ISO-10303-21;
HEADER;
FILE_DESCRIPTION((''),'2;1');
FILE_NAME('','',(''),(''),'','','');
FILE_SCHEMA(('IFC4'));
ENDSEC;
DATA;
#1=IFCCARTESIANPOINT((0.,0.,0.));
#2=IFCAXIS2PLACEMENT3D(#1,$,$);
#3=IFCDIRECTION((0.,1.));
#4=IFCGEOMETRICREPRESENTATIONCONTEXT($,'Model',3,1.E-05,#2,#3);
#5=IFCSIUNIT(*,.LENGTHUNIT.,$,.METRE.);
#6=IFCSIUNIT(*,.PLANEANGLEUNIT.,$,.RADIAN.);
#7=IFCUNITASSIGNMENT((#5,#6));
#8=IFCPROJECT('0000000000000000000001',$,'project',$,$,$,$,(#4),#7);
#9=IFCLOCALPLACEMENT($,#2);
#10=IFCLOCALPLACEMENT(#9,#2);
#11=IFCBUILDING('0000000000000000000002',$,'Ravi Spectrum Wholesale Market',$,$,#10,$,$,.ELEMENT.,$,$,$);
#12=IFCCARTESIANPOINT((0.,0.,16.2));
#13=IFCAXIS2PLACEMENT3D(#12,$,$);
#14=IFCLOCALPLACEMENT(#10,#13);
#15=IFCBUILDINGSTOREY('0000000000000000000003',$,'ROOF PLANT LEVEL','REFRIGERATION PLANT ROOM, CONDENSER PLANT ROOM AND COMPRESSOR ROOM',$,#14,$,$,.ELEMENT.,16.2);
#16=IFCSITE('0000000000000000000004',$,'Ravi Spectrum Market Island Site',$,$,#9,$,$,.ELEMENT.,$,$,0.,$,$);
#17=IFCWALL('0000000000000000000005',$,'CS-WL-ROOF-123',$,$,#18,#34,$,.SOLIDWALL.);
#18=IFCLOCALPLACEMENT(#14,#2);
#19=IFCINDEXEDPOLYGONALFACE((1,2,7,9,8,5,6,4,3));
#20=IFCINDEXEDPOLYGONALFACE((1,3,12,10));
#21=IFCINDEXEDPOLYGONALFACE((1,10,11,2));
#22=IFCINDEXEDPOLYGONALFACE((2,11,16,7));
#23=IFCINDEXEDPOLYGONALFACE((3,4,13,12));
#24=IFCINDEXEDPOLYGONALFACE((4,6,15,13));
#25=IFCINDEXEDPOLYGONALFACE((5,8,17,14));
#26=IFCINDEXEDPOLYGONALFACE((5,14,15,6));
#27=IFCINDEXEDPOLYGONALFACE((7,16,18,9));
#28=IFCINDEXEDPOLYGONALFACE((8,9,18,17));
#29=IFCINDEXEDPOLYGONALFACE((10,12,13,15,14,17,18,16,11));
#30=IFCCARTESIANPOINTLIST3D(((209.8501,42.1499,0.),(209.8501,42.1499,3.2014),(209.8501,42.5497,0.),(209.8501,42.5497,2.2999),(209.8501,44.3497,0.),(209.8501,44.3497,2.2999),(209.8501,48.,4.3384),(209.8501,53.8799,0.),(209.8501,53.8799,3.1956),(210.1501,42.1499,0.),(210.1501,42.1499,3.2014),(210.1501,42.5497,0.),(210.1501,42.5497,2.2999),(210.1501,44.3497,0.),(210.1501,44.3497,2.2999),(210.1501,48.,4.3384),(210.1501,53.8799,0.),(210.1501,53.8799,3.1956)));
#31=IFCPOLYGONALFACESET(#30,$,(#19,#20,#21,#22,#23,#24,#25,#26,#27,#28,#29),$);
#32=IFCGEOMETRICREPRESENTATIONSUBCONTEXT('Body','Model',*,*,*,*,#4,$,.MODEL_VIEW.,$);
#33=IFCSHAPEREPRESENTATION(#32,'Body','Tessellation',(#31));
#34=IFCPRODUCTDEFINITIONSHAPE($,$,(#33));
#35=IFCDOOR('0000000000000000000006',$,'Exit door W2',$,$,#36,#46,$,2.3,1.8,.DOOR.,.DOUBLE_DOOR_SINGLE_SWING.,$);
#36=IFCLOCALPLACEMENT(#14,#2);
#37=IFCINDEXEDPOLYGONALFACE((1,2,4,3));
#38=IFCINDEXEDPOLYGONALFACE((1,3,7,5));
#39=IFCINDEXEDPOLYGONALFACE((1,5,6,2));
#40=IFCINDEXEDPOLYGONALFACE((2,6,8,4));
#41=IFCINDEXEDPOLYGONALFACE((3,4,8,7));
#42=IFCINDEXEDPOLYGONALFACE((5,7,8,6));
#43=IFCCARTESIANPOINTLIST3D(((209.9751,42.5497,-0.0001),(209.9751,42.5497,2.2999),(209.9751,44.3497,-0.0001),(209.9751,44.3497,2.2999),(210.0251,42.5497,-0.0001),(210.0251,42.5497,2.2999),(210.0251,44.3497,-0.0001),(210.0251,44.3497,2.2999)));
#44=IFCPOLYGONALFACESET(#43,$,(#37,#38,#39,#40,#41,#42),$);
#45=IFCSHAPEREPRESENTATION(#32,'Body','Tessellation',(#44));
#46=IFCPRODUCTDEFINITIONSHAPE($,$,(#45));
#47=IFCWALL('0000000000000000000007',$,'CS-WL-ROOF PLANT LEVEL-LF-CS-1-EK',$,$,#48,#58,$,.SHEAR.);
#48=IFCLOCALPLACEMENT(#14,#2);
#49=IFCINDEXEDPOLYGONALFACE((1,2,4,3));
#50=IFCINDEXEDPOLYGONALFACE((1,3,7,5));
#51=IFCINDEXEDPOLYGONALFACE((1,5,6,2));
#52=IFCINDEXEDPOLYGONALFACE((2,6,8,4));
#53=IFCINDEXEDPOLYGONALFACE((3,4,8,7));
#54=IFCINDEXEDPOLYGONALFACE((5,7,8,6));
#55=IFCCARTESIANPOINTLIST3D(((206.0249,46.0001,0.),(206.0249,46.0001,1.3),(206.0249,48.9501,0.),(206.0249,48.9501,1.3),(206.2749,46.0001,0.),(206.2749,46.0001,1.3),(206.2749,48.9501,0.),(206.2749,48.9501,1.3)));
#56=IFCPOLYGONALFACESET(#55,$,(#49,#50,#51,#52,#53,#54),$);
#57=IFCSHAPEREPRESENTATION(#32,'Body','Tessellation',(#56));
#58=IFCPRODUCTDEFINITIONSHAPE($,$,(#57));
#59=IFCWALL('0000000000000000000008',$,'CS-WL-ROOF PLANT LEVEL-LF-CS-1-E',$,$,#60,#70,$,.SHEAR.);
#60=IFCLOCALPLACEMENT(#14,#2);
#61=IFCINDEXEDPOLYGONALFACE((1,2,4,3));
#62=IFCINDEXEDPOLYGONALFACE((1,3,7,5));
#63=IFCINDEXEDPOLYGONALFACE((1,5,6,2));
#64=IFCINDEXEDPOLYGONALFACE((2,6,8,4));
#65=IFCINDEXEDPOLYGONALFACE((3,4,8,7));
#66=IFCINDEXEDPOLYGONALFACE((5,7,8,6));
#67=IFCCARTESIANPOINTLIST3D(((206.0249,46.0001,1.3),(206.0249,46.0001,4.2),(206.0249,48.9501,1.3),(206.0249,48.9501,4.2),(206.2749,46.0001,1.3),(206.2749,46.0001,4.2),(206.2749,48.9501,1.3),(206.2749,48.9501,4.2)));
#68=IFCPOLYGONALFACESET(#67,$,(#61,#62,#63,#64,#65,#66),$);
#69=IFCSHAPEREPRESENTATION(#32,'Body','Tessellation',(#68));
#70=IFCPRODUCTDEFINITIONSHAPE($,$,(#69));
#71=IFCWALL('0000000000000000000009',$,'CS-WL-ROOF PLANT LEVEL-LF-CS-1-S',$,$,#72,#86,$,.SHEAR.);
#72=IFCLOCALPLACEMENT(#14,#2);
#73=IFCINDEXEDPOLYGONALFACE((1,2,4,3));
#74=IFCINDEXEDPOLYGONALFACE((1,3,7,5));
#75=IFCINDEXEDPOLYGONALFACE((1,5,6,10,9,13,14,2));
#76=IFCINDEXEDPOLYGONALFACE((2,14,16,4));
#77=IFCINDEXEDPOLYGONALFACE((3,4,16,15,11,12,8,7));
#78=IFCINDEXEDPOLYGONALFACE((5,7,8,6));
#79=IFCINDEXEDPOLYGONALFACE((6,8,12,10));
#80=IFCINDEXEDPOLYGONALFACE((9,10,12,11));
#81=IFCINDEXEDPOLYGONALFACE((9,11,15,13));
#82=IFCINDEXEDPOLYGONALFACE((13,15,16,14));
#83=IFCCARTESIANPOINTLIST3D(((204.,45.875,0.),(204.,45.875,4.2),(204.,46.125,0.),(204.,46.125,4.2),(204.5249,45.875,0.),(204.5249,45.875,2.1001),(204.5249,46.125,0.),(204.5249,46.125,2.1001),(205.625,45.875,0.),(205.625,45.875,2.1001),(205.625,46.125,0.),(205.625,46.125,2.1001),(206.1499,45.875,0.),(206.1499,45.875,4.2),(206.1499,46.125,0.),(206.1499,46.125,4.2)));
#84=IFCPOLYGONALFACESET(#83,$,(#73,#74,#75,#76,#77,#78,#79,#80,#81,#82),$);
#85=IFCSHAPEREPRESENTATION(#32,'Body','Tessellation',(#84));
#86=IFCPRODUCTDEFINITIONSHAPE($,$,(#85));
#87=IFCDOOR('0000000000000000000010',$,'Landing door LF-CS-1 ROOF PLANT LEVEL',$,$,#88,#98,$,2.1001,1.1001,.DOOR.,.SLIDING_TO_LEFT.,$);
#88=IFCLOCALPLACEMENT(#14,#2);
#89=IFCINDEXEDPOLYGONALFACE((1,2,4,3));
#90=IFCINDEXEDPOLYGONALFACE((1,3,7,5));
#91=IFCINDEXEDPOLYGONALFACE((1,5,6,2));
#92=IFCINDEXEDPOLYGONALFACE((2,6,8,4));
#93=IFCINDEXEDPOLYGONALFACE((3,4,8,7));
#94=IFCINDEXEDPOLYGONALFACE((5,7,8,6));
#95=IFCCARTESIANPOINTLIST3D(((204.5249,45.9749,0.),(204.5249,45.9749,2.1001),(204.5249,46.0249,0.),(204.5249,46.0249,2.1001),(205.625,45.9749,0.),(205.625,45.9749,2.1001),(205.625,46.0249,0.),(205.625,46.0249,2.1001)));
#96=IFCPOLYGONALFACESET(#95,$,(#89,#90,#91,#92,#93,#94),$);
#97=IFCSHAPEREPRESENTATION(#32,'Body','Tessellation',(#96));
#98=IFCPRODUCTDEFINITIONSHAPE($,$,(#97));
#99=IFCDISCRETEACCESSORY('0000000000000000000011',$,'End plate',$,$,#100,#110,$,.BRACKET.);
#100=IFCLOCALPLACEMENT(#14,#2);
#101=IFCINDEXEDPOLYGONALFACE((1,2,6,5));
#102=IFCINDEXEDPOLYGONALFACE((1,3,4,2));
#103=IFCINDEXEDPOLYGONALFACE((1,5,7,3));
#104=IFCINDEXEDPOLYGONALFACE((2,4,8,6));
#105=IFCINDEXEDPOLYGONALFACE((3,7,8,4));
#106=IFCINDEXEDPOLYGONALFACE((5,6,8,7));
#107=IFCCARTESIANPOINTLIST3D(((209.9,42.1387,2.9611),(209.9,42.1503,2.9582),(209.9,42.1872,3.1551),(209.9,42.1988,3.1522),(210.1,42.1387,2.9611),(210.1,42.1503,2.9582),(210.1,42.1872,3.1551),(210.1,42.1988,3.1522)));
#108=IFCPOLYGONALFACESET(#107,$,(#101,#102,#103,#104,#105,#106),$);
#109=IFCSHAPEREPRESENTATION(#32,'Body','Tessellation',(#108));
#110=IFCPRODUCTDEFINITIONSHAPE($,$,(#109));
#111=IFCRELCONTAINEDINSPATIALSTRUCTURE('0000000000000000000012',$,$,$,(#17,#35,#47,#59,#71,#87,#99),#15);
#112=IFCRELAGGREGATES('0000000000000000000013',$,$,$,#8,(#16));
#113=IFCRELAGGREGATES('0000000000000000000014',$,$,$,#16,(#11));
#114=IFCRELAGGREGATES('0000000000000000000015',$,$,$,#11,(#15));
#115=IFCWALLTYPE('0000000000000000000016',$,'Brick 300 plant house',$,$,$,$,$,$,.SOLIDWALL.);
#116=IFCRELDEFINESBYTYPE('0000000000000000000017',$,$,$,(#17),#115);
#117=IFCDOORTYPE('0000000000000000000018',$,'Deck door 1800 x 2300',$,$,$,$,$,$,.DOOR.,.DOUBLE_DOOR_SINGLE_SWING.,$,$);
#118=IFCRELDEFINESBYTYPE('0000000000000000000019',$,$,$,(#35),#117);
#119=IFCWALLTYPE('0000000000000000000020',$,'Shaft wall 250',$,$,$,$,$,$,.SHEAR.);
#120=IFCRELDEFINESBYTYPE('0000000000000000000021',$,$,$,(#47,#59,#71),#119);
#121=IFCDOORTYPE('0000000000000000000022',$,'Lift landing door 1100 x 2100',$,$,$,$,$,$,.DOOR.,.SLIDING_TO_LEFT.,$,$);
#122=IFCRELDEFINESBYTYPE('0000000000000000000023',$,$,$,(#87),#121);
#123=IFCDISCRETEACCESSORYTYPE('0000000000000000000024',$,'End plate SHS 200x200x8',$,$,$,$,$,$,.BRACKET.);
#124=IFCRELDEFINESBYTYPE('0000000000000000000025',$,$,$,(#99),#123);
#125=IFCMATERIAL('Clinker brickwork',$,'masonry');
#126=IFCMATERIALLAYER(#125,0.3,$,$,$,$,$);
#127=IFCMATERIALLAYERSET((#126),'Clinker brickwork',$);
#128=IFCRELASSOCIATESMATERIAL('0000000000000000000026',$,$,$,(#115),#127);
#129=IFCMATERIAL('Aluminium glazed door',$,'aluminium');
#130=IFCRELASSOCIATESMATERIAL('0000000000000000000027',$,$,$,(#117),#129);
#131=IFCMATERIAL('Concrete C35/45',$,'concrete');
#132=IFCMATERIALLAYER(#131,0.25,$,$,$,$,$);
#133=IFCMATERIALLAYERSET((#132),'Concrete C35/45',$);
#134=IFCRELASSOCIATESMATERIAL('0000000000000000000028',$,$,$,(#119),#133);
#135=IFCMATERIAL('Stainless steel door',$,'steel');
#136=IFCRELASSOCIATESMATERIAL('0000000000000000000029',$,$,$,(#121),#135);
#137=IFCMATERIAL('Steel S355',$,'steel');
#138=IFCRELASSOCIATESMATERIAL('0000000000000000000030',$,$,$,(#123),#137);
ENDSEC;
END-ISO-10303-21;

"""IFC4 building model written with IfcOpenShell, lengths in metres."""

from ifc_helpers import new_model, si_unit, direction, frame, frame_2d, origin, origin_2d, place, context, subcontext, project, spatial, polyline, rectangle, outline, extrude, material, layer, layer_set, material_profile, profile_set, type_object, element, fill, save


model = new_model("IFC4")

# Units and contexts
model_context = context("Model", 3, precision=1e-05, world=origin(), true_north=direction((0.0, 1.0)))
body_context = subcontext(model_context, "Body", "Model", "MODEL_VIEW")
ifc_project = project(units=[si_unit("LENGTHUNIT", "METRE"), si_unit("PLANEANGLEUNIT", "RADIAN")], contexts=[model_context])

# Site, building, storey
site_placement = place(None, origin())
site = spatial("IfcSite", under=ifc_project, at=site_placement, Name="Ravi Spectrum Market Island Site", CompositionType="ELEMENT", RefElevation=0.0)
building_placement = place(site_placement, origin())
building = spatial("IfcBuilding", under=site, at=building_placement, Name="Ravi Spectrum Wholesale Market", CompositionType="ELEMENT")
storey_placement = place(building_placement, frame((0.0, 0.0, 16.2)))
storey = spatial("IfcBuildingStorey", under=building, at=storey_placement, Name="ROOF PLANT LEVEL", Description="REFRIGERATION PLANT ROOM, CONDENSER PLANT ROOM AND COMPRESSOR ROOM", CompositionType="ELEMENT", Elevation=16.2)

# Wall, opening, door
ifc_material_1 = material(Name="Clinker brickwork", Category="masonry")
ifc_layer_1 = layer(ifc_material_1, 0.3)
ifc_layer_set_1 = layer_set([ifc_layer_1], Name="Clinker brickwork")
wall_type_1 = type_object("IfcWallType", Name="Brick 300 plant house", PredefinedType="SOLIDWALL", material=ifc_layer_set_1)
wall_1_placement = place(storey_placement, frame((210.0, 42.1499, 0.0), z_axis=(0.0, 0.0, 1.0), x_axis=(0.0, 1.0, 0.0)))
wall_1 = element("IfcWall", 1, at=wall_1_placement, inside=storey, type_object=wall_type_1, Name="CS-WL-ROOF-123", PredefinedType="SOLIDWALL", context=body_context, shape_type="SweptSolid", body=[
    extrude(outline(polyline([(0.0, 0.0), (11.73, 0.0), (11.73, 3.1956), (5.8501, 4.3384), (0.0, 3.2014), (0.0, 0.0)])), frame((0.0, 0.1499, 0.0), z_axis=(0.0, -1.0, 0.0), x_axis=(1.0, 0.0, 0.0)), (0.0, 0.0, 1.0), 0.3),
])
opening_1_placement = place(wall_1_placement, frame((0.3999, 0.0, 0.0)))
opening_1 = element("IfcOpeningElement", 2, at=opening_1_placement, cuts=wall_1, PredefinedType="OPENING", context=body_context, shape_type="SweptSolid", body=[
    extrude(rectangle(XDim=1.8, YDim=2.3, at=frame_2d((0.8999, 1.1499))), frame((0.0, 0.1599, 0.0), z_axis=(0.0, -1.0, 0.0), x_axis=(1.0, 0.0, 0.0)), (0.0, 0.0, 1.0), 0.3201),
])
ifc_material_2 = material(Name="Aluminium glazed door", Category="aluminium")
door_type_1 = type_object("IfcDoorType", Name="Deck door 1800 x 2300", OperationType="DOUBLE_DOOR_SINGLE_SWING", PredefinedType="DOOR", material=ifc_material_2)
door_1_placement = place(opening_1_placement, origin())
door_1 = element("IfcDoor", 3, at=door_1_placement, inside=storey, type_object=door_type_1, Name="Exit door W2", OperationType="DOUBLE_DOOR_SINGLE_SWING", OverallHeight=2.3, OverallWidth=1.8, PredefinedType="DOOR", context=body_context, shape_type="SweptSolid", body=[
    extrude(rectangle(XDim=1.8, YDim=2.3, at=frame_2d((0.8999, 1.1499))), frame((0.0, 0.0249, 0.0), z_axis=(0.0, -1.0, 0.0), x_axis=(1.0, 0.0, 0.0)), (0.0, 0.0, 1.0), 0.05),
])
fill(opening_1, door_1)

# Walls
ifc_material_3 = material(Name="Concrete C35/45", Category="concrete")
ifc_layer_2 = layer(ifc_material_3, 0.25)
ifc_layer_set_2 = layer_set([ifc_layer_2], Name="Concrete C35/45")
wall_type_2 = type_object("IfcWallType", Name="Shaft wall 250", PredefinedType="SHEAR", material=ifc_layer_set_2)
wall_2_placement = place(storey_placement, frame((206.1499, 46.0, 0.0), z_axis=(0.0, 0.0, 1.0), x_axis=(0.0, 1.0, 0.0)))
element("IfcWall", 4, at=wall_2_placement, inside=storey, type_object=wall_type_2, Name="CS-WL-ROOF PLANT LEVEL-LF-CS-1-EK", PredefinedType="SHEAR", context=body_context, shape_type="SweptSolid", body=[
    extrude(rectangle(XDim=2.95, YDim=0.25, at=frame_2d((1.4751, 0.0))), origin(), (0.0, 0.0, 1.0), 1.3),
])
wall_3_placement = place(storey_placement, frame((206.1499, 46.0, 1.3), z_axis=(0.0, 0.0, 1.0), x_axis=(0.0, 1.0, 0.0)))
element("IfcWall", 5, at=wall_3_placement, inside=storey, type_object=wall_type_2, Name="CS-WL-ROOF PLANT LEVEL-LF-CS-1-E", PredefinedType="SHEAR", context=body_context, shape_type="SweptSolid", body=[
    extrude(rectangle(XDim=2.95, YDim=0.25, at=frame_2d((1.4751, 0.0))), origin(), (0.0, 0.0, 1.0), 2.8999),
])

# Wall, opening, door
wall_4_placement = place(storey_placement, frame((204.0, 46.0, 0.0), z_axis=(0.0, 0.0, 1.0), x_axis=(1.0, 0.0, 0.0)))
wall_4 = element("IfcWall", 6, at=wall_4_placement, inside=storey, type_object=wall_type_2, Name="CS-WL-ROOF PLANT LEVEL-LF-CS-1-S", PredefinedType="SHEAR", context=body_context, shape_type="SweptSolid", body=[
    extrude(rectangle(XDim=2.1499, YDim=0.25, at=frame_2d((1.075, 0.0))), origin(), (0.0, 0.0, 1.0), 4.2),
])
opening_2_placement = place(wall_4_placement, frame((0.5249, 0.0, 0.0)))
opening_2 = element("IfcOpeningElement", 7, at=opening_2_placement, cuts=wall_4, PredefinedType="OPENING", context=body_context, shape_type="SweptSolid", body=[
    extrude(rectangle(XDim=1.1001, YDim=2.1001, at=frame_2d((0.55, 1.05))), frame((0.0, 0.135, 0.0), z_axis=(0.0, -1.0, 0.0), x_axis=(1.0, 0.0, 0.0)), (0.0, 0.0, 1.0), 0.27),
])
ifc_material_4 = material(Name="Stainless steel door", Category="steel")
door_type_2 = type_object("IfcDoorType", Name="Lift landing door 1100 x 2100", OperationType="SLIDING_TO_LEFT", PredefinedType="DOOR", material=ifc_material_4)
door_2_placement = place(opening_2_placement, origin())
door_2 = element("IfcDoor", 8, at=door_2_placement, inside=storey, type_object=door_type_2, Name="Landing door LF-CS-1 ROOF PLANT LEVEL", OperationType="SLIDING_TO_LEFT", OverallHeight=2.1001, OverallWidth=1.1001, PredefinedType="DOOR", context=body_context, shape_type="SweptSolid", body=[
    extrude(rectangle(XDim=1.1001, YDim=2.1001, at=frame_2d((0.55, 1.05))), frame((0.0, 0.0249, 0.0), z_axis=(0.0, -1.0, 0.0), x_axis=(1.0, 0.0, 0.0)), (0.0, 0.0, 1.0), 0.05),
])
fill(opening_2, door_2)

# Discrete accessory
ifc_material_5 = material(Name="Steel S355", Category="steel")
ifc_material_profile_1 = material_profile(ifc_material_5, rectangle(XDim=0.2, YDim=0.2, at=origin_2d()))
ifc_profile_set_1 = profile_set([ifc_material_profile_1], Name="Steel S355")
discrete_accessory_type = type_object("IfcDiscreteAccessoryType", Name="End plate SHS 200x200x8", PredefinedType="BRACKET", material=ifc_profile_set_1)
discrete_accessory_placement = place(storey_placement, frame((210.0, 42.1746, 3.0552), z_axis=(0.0, -0.970143, 0.242536), x_axis=(1.0, 0.0, 0.0)))
element("IfcDiscreteAccessory", 9, at=discrete_accessory_placement, inside=storey, type_object=discrete_accessory_type, Name="End plate", PredefinedType="BRACKET", context=body_context, shape_type="SweptSolid", body=[
    extrude(rectangle(XDim=0.2, YDim=0.2, at=origin_2d()), origin(), (0.0, 0.0, 1.0), 0.012),
])

save(model, "model.ifc")
